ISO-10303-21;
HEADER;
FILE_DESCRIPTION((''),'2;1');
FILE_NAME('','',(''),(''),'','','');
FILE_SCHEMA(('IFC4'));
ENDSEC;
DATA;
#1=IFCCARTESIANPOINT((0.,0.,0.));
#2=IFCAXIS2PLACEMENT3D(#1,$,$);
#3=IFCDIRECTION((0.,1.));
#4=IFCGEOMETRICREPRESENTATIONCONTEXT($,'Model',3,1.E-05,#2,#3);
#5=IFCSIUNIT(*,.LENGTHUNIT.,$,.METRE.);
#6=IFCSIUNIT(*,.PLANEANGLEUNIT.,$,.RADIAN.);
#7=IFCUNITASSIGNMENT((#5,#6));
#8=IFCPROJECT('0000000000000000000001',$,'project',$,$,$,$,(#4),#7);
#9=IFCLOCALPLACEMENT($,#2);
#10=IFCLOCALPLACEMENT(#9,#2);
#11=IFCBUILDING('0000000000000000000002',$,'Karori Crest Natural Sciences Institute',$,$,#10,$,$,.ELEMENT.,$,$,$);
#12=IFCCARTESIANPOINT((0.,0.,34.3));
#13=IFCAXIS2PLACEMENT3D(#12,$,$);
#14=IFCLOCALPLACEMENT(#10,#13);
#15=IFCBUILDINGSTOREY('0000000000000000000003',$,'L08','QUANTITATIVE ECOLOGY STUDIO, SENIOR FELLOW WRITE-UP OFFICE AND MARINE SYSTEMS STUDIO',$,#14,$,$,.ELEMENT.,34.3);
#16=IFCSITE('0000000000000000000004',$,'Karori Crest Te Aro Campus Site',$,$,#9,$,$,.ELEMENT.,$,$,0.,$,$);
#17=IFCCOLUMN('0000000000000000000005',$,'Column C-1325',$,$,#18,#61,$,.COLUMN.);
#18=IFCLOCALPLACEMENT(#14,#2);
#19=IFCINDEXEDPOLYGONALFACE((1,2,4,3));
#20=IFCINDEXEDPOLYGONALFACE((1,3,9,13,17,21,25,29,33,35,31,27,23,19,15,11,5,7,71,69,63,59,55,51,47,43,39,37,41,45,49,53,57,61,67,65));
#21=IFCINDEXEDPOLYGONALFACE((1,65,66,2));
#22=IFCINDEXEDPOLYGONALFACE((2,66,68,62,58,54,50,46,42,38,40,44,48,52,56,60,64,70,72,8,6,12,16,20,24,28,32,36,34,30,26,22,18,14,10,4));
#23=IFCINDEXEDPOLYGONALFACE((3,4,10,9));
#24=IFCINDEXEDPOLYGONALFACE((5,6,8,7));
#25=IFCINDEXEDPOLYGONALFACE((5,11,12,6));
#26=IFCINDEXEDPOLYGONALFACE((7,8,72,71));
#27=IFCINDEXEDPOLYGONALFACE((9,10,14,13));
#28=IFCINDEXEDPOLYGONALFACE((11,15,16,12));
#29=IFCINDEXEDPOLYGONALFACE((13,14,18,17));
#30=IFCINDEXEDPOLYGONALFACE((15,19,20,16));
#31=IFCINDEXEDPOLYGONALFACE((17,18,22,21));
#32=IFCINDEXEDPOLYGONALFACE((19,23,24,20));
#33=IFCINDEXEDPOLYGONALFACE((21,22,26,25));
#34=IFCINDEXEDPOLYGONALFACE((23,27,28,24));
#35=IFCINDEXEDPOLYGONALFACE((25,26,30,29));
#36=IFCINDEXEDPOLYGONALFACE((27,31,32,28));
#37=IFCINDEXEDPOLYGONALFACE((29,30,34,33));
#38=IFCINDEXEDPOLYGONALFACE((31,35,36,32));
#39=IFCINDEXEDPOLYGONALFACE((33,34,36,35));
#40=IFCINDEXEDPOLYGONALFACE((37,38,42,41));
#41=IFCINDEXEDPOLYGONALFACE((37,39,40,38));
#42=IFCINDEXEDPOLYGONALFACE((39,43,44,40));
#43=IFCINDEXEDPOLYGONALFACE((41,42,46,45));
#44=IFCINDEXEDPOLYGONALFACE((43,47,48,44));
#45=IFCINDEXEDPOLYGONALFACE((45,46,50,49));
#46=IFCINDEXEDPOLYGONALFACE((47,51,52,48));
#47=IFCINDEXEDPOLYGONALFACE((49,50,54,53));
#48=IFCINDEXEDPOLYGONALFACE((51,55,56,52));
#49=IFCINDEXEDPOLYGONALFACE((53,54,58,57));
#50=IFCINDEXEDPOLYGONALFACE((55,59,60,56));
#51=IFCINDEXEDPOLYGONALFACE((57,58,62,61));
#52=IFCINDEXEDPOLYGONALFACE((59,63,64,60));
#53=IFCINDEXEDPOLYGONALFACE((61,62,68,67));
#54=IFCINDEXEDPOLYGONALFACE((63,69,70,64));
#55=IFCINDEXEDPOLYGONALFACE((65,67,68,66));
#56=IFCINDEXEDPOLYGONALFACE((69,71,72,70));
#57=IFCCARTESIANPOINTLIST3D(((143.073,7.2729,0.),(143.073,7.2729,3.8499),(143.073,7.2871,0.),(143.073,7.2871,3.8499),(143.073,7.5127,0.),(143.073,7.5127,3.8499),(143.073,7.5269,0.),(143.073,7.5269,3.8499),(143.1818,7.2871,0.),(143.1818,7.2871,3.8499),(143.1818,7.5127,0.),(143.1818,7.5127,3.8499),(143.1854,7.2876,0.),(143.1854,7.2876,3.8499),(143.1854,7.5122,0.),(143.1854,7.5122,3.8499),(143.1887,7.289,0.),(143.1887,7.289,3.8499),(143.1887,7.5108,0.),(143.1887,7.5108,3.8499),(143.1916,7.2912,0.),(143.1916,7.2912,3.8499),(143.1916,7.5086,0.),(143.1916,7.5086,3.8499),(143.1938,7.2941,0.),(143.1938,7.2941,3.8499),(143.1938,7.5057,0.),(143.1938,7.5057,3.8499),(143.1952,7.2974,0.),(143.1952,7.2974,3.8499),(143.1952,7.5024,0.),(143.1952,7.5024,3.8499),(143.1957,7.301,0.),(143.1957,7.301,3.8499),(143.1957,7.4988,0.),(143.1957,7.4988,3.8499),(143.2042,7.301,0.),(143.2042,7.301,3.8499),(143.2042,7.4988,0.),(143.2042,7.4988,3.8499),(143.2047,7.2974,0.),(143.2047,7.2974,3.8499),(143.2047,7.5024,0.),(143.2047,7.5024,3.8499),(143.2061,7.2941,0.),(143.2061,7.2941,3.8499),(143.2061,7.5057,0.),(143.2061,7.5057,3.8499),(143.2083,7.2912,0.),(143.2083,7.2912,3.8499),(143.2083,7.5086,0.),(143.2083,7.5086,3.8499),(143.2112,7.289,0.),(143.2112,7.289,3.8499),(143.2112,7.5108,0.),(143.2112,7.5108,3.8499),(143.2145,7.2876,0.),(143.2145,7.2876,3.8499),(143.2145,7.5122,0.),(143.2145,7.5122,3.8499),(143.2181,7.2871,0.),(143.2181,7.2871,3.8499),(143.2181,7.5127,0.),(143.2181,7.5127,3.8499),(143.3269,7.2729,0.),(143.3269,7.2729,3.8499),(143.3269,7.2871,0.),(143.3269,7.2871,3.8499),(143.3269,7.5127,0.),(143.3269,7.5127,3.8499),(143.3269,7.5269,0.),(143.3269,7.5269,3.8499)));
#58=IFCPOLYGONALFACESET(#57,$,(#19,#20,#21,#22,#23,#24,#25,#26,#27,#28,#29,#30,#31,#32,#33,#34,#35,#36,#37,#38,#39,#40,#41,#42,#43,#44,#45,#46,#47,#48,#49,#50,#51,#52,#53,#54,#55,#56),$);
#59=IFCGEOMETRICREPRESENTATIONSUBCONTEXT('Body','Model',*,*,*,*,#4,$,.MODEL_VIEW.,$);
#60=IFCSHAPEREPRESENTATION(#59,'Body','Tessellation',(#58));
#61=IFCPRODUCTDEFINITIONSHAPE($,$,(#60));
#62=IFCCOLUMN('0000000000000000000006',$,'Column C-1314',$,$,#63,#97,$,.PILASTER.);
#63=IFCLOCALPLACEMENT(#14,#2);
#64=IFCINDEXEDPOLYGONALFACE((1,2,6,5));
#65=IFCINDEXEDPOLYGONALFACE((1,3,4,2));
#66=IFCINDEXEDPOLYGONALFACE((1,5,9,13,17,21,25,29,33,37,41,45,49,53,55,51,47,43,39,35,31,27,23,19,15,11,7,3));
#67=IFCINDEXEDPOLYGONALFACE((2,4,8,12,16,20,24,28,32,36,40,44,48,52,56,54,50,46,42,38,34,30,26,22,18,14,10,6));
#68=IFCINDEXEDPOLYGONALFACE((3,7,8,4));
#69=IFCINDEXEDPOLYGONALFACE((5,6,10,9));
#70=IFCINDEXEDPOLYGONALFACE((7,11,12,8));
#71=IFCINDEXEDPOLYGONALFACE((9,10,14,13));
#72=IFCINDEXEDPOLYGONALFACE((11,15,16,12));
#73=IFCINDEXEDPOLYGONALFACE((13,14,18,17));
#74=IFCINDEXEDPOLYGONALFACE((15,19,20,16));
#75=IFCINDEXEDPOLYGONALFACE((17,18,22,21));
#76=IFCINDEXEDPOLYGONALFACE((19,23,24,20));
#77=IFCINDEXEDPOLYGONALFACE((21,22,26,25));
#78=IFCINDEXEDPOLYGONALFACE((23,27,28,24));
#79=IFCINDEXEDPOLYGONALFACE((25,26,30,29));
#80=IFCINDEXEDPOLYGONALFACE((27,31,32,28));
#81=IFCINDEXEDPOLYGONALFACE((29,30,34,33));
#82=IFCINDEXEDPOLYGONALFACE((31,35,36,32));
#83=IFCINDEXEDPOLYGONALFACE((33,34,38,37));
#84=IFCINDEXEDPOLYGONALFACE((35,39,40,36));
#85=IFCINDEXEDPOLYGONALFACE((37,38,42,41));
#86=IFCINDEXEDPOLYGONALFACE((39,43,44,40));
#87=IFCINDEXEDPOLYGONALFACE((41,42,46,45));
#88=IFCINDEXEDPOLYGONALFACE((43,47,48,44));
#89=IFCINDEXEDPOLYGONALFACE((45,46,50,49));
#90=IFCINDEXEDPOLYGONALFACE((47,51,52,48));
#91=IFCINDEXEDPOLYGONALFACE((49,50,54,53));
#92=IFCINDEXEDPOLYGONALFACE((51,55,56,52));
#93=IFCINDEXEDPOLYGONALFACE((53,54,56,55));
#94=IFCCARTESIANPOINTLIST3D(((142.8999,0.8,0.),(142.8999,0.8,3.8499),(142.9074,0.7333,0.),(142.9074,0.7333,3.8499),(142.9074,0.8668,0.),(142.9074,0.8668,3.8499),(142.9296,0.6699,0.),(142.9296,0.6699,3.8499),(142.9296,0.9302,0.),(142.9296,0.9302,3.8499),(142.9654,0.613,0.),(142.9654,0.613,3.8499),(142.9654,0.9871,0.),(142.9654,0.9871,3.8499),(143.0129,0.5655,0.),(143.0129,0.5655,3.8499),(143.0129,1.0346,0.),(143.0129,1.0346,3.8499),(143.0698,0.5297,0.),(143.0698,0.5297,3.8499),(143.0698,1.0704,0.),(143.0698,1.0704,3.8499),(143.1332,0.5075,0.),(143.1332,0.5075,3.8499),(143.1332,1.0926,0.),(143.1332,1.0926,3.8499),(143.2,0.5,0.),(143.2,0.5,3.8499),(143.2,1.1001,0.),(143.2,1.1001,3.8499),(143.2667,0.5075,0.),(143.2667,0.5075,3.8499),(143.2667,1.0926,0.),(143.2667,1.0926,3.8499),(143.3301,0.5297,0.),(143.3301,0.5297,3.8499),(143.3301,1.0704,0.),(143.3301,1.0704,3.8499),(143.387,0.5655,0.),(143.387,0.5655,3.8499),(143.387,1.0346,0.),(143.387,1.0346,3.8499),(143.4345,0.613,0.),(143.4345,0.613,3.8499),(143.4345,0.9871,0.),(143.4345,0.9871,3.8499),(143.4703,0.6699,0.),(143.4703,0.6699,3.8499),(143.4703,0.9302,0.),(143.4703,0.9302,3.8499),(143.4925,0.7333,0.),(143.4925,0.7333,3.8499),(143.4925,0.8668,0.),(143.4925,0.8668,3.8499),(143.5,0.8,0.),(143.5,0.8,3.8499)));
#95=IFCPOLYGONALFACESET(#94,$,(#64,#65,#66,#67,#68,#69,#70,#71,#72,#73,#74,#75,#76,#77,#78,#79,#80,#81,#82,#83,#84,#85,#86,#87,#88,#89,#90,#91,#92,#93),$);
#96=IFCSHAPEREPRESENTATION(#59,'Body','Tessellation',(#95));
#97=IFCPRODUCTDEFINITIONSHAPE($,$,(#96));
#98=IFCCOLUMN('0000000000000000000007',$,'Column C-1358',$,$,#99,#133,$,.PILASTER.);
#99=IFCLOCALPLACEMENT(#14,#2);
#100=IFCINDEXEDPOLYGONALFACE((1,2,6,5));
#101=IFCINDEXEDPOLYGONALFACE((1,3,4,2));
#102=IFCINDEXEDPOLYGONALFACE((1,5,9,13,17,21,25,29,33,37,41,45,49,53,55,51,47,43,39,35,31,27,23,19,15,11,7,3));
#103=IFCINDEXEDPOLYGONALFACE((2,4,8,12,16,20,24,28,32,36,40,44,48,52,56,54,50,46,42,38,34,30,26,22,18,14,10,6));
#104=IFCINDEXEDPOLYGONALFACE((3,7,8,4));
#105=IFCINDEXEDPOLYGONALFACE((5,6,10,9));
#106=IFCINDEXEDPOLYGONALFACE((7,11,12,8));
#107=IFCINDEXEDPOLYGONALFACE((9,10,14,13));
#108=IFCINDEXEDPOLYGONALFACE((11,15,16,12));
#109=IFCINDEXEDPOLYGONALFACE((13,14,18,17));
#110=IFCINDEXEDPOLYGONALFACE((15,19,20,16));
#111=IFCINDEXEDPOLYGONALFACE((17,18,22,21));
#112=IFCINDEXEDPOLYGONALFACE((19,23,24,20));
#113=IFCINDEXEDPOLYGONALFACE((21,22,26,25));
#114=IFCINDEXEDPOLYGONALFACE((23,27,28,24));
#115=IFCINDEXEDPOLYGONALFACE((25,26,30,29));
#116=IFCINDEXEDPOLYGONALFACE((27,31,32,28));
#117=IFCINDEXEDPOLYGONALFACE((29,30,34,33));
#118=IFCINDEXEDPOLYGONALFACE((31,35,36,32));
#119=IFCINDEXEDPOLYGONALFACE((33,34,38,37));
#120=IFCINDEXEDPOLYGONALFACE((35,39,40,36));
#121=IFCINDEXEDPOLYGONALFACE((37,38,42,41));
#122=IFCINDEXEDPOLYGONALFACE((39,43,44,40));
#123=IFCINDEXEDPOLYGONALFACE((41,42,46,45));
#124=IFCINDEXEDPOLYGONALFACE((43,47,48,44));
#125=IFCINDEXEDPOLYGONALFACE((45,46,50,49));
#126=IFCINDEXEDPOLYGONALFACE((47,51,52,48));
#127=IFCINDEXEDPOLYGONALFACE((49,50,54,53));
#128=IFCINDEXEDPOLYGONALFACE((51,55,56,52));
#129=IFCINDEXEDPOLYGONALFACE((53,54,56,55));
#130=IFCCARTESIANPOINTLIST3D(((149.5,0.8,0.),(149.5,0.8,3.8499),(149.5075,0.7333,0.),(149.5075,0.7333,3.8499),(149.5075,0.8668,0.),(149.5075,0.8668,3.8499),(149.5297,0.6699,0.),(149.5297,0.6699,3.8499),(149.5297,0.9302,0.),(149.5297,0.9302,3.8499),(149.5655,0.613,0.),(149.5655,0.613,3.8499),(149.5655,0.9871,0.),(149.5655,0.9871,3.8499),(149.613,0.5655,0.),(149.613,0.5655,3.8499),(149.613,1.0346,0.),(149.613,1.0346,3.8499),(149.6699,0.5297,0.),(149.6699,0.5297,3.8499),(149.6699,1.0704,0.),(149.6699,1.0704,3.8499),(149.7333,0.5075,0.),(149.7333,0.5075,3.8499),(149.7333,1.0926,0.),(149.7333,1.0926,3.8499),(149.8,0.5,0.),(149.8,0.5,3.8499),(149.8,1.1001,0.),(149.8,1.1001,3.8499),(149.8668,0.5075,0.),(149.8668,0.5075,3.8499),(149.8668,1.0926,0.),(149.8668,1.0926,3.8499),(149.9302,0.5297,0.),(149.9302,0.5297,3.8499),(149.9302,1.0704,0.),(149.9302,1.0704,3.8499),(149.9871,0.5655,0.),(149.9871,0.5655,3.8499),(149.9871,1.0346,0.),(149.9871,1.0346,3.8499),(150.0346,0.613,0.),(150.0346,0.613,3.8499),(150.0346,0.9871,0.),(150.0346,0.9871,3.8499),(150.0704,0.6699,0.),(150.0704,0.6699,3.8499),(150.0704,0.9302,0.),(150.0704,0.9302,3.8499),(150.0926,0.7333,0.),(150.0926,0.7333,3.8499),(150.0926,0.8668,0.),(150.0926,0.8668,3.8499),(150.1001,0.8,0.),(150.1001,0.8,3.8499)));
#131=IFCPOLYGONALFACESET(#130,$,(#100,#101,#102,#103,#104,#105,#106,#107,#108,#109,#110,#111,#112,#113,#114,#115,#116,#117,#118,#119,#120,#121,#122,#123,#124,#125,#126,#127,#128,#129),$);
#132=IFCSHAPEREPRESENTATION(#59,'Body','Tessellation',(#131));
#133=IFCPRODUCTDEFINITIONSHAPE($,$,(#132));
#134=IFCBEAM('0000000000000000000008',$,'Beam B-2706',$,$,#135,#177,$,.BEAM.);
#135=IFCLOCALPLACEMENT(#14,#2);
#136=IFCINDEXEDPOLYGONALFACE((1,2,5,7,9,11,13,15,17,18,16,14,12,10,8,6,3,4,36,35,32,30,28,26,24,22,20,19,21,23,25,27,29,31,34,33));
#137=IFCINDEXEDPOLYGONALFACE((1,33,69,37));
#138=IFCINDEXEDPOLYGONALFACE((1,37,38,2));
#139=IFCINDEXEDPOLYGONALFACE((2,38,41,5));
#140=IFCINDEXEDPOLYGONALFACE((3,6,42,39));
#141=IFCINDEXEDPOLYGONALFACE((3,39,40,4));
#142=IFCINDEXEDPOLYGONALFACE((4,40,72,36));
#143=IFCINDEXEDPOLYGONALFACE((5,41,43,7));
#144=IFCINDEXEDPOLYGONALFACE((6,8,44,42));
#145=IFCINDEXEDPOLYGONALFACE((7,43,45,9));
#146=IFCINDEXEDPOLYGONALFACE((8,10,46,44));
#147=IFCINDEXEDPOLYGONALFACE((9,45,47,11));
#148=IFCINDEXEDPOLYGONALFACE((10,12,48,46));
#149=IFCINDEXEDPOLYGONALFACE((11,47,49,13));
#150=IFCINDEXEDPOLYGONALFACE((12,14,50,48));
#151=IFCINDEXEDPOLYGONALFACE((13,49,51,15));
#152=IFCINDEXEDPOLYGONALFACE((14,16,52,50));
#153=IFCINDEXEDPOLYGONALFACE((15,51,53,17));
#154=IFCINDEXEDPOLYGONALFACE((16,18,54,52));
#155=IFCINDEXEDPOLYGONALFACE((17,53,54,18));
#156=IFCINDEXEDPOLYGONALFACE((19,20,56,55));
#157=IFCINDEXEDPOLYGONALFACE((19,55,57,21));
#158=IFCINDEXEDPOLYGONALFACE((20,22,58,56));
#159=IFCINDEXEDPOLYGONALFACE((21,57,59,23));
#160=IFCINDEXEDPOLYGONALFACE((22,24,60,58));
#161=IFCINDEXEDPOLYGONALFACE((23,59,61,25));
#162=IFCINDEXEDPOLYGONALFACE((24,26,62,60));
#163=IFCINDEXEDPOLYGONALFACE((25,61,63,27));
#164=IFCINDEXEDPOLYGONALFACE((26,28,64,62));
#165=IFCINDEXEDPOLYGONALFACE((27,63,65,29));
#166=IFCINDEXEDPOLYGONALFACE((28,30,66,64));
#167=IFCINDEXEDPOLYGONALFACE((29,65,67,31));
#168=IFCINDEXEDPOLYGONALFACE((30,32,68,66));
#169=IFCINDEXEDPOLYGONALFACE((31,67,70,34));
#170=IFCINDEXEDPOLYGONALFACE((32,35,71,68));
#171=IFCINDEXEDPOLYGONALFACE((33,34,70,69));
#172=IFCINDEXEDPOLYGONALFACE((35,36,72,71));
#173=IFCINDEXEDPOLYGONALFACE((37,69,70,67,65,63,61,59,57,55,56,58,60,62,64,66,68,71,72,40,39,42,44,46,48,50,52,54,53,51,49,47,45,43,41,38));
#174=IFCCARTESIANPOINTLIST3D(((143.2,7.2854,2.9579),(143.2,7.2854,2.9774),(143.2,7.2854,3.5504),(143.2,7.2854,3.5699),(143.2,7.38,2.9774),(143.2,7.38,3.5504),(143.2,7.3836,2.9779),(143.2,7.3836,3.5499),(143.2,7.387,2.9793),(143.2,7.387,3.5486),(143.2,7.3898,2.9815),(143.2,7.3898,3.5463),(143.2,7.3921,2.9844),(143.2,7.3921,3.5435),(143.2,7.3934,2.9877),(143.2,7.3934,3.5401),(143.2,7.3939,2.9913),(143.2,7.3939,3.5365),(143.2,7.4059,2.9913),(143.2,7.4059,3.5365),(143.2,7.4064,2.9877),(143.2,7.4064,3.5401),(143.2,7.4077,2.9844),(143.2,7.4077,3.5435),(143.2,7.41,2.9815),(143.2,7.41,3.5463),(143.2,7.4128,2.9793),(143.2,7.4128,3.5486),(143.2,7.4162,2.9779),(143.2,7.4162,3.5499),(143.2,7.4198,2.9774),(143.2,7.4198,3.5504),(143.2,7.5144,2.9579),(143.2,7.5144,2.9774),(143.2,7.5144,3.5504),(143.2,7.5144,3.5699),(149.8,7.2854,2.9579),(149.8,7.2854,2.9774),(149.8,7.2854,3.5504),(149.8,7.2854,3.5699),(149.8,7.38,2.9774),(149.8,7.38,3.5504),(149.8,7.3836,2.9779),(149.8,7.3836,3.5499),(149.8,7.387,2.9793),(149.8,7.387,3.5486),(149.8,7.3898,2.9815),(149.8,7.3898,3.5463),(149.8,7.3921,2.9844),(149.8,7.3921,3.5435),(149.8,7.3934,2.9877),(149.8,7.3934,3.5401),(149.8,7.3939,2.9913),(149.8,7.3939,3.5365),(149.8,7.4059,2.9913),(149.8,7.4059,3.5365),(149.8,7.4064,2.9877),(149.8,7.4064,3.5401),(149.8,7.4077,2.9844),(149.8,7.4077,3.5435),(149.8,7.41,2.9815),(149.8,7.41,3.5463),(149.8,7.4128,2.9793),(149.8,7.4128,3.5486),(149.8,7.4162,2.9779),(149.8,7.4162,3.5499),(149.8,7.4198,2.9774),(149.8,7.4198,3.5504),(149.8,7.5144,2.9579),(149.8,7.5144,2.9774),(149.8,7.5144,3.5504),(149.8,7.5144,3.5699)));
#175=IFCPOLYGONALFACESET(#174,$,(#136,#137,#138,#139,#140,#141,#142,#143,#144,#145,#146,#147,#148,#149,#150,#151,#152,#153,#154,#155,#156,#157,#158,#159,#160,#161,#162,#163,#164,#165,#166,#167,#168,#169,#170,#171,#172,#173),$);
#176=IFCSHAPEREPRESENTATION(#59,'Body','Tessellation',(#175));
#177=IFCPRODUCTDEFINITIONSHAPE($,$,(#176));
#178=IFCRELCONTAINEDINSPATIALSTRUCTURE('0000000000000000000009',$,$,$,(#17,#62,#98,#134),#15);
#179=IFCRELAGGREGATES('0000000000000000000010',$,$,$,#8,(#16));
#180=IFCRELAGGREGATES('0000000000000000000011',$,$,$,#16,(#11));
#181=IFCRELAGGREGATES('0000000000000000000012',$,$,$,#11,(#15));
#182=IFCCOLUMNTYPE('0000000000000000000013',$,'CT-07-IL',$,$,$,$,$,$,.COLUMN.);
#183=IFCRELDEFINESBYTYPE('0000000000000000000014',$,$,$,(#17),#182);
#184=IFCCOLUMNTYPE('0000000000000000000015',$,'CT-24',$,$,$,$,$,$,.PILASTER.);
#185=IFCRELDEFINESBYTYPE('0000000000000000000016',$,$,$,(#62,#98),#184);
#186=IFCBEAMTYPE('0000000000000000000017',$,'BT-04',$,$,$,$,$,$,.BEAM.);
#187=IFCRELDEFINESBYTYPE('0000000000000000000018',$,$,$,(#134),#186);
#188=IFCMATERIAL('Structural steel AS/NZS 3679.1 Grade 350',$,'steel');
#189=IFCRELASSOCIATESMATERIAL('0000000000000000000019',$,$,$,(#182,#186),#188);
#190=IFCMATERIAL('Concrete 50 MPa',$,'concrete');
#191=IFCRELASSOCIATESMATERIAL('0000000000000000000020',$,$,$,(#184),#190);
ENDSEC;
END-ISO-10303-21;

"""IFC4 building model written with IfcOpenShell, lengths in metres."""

from ifc_helpers import new_model, si_unit, direction, frame, origin, origin_2d, place, context, subcontext, project, spatial, circle, i_section, extrude, material, material_profile, profile_set, type_object, element, save


model = new_model("IFC4")

# Units and contexts
model_context = context("Model", 3, precision=1e-05, world=origin(), true_north=direction((0.0, 1.0)))
body_context = subcontext(model_context, "Body", "Model", "MODEL_VIEW")
ifc_project = project(units=[si_unit("LENGTHUNIT", "METRE"), si_unit("PLANEANGLEUNIT", "RADIAN")], contexts=[model_context])

# Site, building, storey
site_placement = place(None, origin())
site = spatial("IfcSite", under=ifc_project, at=site_placement, Name="Karori Crest Te Aro Campus Site", CompositionType="ELEMENT", RefElevation=0.0)
building_placement = place(site_placement, origin())
building = spatial("IfcBuilding", under=site, at=building_placement, Name="Karori Crest Natural Sciences Institute", CompositionType="ELEMENT")
storey_placement = place(building_placement, frame((0.0, 0.0, 34.3)))
storey = spatial("IfcBuildingStorey", under=building, at=storey_placement, Name="L08", Description="QUANTITATIVE ECOLOGY STUDIO, SENIOR FELLOW WRITE-UP OFFICE AND MARINE SYSTEMS STUDIO", CompositionType="ELEMENT", Elevation=34.3)

# Columns
ifc_material_1 = material(Name="Structural steel AS/NZS 3679.1 Grade 350", Category="steel")
ifc_material_profile_1 = material_profile(ifc_material_1, i_section(OverallWidth=0.2539, OverallDepth=0.2539, WebThickness=0.0085, FlangeThickness=0.0142, FilletRadius=0.0139, at=origin_2d()), Name="250UC72.9")
ifc_profile_set_1 = profile_set([ifc_material_profile_1], Name="Structural steel AS/NZS 3679.1 Grade 350")
column_type_1 = type_object("IfcColumnType", Name="CT-07-IL", PredefinedType="COLUMN", material=ifc_profile_set_1)
column_placement = place(storey_placement, frame((143.2, 7.3999, 0.0), z_axis=(0.0, 0.0, 1.0), x_axis=(1.0, 0.0, 0.0)))
element("IfcColumn", 1, at=column_placement, inside=storey, type_object=column_type_1, Name="Column C-1325", PredefinedType="COLUMN", context=body_context, shape_type="SweptSolid", body=[
    extrude(i_section(OverallWidth=0.2539, OverallDepth=0.2539, WebThickness=0.0085, FlangeThickness=0.0142, FilletRadius=0.0139, at=origin_2d()), origin(), (0.0, 0.0, 1.0), 3.8499),
])
ifc_material_2 = material(Name="Concrete 50 MPa", Category="concrete")
ifc_material_profile_2 = material_profile(ifc_material_2, circle(Radius=0.3, at=origin_2d()), Name="RCC600")
ifc_profile_set_2 = profile_set([ifc_material_profile_2], Name="Concrete 50 MPa")
column_type_2 = type_object("IfcColumnType", Name="CT-24", PredefinedType="PILASTER", material=ifc_profile_set_2)
for number, where, z_axis, x_axis, name in (
    (2, (143.2, 0.8, 0.0), (0.0, 0.0, 1.0), (1.0, 0.0, 0.0), "Column C-1314"),
    (3, (149.8, 0.8, 0.0), (0.0, 0.0, 1.0), (1.0, 0.0, 0.0), "Column C-1358"),
):
    element("IfcColumn", number, at=place(storey_placement, frame(where, z_axis=z_axis, x_axis=x_axis)), inside=storey, type_object=column_type_2, Name=name, PredefinedType="PILASTER", context=body_context, shape_type="SweptSolid", body=[
        extrude(circle(Radius=0.3, at=origin_2d()), origin(), (0.0, 0.0, 1.0), 3.8499),
    ])

# Beam
ifc_material_profile_3 = material_profile(ifc_material_1, i_section(OverallWidth=0.229, OverallDepth=0.6121, WebThickness=0.012, FlangeThickness=0.0195, FilletRadius=0.0139, at=origin_2d()), Name="610UB125")
ifc_profile_set_3 = profile_set([ifc_material_profile_3], Name="Structural steel AS/NZS 3679.1 Grade 350")
beam_type_1 = type_object("IfcBeamType", Name="BT-04", PredefinedType="BEAM", material=ifc_profile_set_3)
beam_1_placement = place(storey_placement, frame((143.2, 7.3999, 3.2639), z_axis=(1.0, 0.0, 0.0), x_axis=(0.0, 1.0, 0.0)))
element("IfcBeam", 4, at=beam_1_placement, inside=storey, type_object=beam_type_1, Name="Beam B-2706", PredefinedType="BEAM", context=body_context, shape_type="SweptSolid", body=[
    extrude(i_section(OverallWidth=0.229, OverallDepth=0.6121, WebThickness=0.012, FlangeThickness=0.0195, FilletRadius=0.0139, at=origin_2d()), origin(), (0.0, 0.0, 1.0), 6.6001),
])

save(model, "model.ifc")
